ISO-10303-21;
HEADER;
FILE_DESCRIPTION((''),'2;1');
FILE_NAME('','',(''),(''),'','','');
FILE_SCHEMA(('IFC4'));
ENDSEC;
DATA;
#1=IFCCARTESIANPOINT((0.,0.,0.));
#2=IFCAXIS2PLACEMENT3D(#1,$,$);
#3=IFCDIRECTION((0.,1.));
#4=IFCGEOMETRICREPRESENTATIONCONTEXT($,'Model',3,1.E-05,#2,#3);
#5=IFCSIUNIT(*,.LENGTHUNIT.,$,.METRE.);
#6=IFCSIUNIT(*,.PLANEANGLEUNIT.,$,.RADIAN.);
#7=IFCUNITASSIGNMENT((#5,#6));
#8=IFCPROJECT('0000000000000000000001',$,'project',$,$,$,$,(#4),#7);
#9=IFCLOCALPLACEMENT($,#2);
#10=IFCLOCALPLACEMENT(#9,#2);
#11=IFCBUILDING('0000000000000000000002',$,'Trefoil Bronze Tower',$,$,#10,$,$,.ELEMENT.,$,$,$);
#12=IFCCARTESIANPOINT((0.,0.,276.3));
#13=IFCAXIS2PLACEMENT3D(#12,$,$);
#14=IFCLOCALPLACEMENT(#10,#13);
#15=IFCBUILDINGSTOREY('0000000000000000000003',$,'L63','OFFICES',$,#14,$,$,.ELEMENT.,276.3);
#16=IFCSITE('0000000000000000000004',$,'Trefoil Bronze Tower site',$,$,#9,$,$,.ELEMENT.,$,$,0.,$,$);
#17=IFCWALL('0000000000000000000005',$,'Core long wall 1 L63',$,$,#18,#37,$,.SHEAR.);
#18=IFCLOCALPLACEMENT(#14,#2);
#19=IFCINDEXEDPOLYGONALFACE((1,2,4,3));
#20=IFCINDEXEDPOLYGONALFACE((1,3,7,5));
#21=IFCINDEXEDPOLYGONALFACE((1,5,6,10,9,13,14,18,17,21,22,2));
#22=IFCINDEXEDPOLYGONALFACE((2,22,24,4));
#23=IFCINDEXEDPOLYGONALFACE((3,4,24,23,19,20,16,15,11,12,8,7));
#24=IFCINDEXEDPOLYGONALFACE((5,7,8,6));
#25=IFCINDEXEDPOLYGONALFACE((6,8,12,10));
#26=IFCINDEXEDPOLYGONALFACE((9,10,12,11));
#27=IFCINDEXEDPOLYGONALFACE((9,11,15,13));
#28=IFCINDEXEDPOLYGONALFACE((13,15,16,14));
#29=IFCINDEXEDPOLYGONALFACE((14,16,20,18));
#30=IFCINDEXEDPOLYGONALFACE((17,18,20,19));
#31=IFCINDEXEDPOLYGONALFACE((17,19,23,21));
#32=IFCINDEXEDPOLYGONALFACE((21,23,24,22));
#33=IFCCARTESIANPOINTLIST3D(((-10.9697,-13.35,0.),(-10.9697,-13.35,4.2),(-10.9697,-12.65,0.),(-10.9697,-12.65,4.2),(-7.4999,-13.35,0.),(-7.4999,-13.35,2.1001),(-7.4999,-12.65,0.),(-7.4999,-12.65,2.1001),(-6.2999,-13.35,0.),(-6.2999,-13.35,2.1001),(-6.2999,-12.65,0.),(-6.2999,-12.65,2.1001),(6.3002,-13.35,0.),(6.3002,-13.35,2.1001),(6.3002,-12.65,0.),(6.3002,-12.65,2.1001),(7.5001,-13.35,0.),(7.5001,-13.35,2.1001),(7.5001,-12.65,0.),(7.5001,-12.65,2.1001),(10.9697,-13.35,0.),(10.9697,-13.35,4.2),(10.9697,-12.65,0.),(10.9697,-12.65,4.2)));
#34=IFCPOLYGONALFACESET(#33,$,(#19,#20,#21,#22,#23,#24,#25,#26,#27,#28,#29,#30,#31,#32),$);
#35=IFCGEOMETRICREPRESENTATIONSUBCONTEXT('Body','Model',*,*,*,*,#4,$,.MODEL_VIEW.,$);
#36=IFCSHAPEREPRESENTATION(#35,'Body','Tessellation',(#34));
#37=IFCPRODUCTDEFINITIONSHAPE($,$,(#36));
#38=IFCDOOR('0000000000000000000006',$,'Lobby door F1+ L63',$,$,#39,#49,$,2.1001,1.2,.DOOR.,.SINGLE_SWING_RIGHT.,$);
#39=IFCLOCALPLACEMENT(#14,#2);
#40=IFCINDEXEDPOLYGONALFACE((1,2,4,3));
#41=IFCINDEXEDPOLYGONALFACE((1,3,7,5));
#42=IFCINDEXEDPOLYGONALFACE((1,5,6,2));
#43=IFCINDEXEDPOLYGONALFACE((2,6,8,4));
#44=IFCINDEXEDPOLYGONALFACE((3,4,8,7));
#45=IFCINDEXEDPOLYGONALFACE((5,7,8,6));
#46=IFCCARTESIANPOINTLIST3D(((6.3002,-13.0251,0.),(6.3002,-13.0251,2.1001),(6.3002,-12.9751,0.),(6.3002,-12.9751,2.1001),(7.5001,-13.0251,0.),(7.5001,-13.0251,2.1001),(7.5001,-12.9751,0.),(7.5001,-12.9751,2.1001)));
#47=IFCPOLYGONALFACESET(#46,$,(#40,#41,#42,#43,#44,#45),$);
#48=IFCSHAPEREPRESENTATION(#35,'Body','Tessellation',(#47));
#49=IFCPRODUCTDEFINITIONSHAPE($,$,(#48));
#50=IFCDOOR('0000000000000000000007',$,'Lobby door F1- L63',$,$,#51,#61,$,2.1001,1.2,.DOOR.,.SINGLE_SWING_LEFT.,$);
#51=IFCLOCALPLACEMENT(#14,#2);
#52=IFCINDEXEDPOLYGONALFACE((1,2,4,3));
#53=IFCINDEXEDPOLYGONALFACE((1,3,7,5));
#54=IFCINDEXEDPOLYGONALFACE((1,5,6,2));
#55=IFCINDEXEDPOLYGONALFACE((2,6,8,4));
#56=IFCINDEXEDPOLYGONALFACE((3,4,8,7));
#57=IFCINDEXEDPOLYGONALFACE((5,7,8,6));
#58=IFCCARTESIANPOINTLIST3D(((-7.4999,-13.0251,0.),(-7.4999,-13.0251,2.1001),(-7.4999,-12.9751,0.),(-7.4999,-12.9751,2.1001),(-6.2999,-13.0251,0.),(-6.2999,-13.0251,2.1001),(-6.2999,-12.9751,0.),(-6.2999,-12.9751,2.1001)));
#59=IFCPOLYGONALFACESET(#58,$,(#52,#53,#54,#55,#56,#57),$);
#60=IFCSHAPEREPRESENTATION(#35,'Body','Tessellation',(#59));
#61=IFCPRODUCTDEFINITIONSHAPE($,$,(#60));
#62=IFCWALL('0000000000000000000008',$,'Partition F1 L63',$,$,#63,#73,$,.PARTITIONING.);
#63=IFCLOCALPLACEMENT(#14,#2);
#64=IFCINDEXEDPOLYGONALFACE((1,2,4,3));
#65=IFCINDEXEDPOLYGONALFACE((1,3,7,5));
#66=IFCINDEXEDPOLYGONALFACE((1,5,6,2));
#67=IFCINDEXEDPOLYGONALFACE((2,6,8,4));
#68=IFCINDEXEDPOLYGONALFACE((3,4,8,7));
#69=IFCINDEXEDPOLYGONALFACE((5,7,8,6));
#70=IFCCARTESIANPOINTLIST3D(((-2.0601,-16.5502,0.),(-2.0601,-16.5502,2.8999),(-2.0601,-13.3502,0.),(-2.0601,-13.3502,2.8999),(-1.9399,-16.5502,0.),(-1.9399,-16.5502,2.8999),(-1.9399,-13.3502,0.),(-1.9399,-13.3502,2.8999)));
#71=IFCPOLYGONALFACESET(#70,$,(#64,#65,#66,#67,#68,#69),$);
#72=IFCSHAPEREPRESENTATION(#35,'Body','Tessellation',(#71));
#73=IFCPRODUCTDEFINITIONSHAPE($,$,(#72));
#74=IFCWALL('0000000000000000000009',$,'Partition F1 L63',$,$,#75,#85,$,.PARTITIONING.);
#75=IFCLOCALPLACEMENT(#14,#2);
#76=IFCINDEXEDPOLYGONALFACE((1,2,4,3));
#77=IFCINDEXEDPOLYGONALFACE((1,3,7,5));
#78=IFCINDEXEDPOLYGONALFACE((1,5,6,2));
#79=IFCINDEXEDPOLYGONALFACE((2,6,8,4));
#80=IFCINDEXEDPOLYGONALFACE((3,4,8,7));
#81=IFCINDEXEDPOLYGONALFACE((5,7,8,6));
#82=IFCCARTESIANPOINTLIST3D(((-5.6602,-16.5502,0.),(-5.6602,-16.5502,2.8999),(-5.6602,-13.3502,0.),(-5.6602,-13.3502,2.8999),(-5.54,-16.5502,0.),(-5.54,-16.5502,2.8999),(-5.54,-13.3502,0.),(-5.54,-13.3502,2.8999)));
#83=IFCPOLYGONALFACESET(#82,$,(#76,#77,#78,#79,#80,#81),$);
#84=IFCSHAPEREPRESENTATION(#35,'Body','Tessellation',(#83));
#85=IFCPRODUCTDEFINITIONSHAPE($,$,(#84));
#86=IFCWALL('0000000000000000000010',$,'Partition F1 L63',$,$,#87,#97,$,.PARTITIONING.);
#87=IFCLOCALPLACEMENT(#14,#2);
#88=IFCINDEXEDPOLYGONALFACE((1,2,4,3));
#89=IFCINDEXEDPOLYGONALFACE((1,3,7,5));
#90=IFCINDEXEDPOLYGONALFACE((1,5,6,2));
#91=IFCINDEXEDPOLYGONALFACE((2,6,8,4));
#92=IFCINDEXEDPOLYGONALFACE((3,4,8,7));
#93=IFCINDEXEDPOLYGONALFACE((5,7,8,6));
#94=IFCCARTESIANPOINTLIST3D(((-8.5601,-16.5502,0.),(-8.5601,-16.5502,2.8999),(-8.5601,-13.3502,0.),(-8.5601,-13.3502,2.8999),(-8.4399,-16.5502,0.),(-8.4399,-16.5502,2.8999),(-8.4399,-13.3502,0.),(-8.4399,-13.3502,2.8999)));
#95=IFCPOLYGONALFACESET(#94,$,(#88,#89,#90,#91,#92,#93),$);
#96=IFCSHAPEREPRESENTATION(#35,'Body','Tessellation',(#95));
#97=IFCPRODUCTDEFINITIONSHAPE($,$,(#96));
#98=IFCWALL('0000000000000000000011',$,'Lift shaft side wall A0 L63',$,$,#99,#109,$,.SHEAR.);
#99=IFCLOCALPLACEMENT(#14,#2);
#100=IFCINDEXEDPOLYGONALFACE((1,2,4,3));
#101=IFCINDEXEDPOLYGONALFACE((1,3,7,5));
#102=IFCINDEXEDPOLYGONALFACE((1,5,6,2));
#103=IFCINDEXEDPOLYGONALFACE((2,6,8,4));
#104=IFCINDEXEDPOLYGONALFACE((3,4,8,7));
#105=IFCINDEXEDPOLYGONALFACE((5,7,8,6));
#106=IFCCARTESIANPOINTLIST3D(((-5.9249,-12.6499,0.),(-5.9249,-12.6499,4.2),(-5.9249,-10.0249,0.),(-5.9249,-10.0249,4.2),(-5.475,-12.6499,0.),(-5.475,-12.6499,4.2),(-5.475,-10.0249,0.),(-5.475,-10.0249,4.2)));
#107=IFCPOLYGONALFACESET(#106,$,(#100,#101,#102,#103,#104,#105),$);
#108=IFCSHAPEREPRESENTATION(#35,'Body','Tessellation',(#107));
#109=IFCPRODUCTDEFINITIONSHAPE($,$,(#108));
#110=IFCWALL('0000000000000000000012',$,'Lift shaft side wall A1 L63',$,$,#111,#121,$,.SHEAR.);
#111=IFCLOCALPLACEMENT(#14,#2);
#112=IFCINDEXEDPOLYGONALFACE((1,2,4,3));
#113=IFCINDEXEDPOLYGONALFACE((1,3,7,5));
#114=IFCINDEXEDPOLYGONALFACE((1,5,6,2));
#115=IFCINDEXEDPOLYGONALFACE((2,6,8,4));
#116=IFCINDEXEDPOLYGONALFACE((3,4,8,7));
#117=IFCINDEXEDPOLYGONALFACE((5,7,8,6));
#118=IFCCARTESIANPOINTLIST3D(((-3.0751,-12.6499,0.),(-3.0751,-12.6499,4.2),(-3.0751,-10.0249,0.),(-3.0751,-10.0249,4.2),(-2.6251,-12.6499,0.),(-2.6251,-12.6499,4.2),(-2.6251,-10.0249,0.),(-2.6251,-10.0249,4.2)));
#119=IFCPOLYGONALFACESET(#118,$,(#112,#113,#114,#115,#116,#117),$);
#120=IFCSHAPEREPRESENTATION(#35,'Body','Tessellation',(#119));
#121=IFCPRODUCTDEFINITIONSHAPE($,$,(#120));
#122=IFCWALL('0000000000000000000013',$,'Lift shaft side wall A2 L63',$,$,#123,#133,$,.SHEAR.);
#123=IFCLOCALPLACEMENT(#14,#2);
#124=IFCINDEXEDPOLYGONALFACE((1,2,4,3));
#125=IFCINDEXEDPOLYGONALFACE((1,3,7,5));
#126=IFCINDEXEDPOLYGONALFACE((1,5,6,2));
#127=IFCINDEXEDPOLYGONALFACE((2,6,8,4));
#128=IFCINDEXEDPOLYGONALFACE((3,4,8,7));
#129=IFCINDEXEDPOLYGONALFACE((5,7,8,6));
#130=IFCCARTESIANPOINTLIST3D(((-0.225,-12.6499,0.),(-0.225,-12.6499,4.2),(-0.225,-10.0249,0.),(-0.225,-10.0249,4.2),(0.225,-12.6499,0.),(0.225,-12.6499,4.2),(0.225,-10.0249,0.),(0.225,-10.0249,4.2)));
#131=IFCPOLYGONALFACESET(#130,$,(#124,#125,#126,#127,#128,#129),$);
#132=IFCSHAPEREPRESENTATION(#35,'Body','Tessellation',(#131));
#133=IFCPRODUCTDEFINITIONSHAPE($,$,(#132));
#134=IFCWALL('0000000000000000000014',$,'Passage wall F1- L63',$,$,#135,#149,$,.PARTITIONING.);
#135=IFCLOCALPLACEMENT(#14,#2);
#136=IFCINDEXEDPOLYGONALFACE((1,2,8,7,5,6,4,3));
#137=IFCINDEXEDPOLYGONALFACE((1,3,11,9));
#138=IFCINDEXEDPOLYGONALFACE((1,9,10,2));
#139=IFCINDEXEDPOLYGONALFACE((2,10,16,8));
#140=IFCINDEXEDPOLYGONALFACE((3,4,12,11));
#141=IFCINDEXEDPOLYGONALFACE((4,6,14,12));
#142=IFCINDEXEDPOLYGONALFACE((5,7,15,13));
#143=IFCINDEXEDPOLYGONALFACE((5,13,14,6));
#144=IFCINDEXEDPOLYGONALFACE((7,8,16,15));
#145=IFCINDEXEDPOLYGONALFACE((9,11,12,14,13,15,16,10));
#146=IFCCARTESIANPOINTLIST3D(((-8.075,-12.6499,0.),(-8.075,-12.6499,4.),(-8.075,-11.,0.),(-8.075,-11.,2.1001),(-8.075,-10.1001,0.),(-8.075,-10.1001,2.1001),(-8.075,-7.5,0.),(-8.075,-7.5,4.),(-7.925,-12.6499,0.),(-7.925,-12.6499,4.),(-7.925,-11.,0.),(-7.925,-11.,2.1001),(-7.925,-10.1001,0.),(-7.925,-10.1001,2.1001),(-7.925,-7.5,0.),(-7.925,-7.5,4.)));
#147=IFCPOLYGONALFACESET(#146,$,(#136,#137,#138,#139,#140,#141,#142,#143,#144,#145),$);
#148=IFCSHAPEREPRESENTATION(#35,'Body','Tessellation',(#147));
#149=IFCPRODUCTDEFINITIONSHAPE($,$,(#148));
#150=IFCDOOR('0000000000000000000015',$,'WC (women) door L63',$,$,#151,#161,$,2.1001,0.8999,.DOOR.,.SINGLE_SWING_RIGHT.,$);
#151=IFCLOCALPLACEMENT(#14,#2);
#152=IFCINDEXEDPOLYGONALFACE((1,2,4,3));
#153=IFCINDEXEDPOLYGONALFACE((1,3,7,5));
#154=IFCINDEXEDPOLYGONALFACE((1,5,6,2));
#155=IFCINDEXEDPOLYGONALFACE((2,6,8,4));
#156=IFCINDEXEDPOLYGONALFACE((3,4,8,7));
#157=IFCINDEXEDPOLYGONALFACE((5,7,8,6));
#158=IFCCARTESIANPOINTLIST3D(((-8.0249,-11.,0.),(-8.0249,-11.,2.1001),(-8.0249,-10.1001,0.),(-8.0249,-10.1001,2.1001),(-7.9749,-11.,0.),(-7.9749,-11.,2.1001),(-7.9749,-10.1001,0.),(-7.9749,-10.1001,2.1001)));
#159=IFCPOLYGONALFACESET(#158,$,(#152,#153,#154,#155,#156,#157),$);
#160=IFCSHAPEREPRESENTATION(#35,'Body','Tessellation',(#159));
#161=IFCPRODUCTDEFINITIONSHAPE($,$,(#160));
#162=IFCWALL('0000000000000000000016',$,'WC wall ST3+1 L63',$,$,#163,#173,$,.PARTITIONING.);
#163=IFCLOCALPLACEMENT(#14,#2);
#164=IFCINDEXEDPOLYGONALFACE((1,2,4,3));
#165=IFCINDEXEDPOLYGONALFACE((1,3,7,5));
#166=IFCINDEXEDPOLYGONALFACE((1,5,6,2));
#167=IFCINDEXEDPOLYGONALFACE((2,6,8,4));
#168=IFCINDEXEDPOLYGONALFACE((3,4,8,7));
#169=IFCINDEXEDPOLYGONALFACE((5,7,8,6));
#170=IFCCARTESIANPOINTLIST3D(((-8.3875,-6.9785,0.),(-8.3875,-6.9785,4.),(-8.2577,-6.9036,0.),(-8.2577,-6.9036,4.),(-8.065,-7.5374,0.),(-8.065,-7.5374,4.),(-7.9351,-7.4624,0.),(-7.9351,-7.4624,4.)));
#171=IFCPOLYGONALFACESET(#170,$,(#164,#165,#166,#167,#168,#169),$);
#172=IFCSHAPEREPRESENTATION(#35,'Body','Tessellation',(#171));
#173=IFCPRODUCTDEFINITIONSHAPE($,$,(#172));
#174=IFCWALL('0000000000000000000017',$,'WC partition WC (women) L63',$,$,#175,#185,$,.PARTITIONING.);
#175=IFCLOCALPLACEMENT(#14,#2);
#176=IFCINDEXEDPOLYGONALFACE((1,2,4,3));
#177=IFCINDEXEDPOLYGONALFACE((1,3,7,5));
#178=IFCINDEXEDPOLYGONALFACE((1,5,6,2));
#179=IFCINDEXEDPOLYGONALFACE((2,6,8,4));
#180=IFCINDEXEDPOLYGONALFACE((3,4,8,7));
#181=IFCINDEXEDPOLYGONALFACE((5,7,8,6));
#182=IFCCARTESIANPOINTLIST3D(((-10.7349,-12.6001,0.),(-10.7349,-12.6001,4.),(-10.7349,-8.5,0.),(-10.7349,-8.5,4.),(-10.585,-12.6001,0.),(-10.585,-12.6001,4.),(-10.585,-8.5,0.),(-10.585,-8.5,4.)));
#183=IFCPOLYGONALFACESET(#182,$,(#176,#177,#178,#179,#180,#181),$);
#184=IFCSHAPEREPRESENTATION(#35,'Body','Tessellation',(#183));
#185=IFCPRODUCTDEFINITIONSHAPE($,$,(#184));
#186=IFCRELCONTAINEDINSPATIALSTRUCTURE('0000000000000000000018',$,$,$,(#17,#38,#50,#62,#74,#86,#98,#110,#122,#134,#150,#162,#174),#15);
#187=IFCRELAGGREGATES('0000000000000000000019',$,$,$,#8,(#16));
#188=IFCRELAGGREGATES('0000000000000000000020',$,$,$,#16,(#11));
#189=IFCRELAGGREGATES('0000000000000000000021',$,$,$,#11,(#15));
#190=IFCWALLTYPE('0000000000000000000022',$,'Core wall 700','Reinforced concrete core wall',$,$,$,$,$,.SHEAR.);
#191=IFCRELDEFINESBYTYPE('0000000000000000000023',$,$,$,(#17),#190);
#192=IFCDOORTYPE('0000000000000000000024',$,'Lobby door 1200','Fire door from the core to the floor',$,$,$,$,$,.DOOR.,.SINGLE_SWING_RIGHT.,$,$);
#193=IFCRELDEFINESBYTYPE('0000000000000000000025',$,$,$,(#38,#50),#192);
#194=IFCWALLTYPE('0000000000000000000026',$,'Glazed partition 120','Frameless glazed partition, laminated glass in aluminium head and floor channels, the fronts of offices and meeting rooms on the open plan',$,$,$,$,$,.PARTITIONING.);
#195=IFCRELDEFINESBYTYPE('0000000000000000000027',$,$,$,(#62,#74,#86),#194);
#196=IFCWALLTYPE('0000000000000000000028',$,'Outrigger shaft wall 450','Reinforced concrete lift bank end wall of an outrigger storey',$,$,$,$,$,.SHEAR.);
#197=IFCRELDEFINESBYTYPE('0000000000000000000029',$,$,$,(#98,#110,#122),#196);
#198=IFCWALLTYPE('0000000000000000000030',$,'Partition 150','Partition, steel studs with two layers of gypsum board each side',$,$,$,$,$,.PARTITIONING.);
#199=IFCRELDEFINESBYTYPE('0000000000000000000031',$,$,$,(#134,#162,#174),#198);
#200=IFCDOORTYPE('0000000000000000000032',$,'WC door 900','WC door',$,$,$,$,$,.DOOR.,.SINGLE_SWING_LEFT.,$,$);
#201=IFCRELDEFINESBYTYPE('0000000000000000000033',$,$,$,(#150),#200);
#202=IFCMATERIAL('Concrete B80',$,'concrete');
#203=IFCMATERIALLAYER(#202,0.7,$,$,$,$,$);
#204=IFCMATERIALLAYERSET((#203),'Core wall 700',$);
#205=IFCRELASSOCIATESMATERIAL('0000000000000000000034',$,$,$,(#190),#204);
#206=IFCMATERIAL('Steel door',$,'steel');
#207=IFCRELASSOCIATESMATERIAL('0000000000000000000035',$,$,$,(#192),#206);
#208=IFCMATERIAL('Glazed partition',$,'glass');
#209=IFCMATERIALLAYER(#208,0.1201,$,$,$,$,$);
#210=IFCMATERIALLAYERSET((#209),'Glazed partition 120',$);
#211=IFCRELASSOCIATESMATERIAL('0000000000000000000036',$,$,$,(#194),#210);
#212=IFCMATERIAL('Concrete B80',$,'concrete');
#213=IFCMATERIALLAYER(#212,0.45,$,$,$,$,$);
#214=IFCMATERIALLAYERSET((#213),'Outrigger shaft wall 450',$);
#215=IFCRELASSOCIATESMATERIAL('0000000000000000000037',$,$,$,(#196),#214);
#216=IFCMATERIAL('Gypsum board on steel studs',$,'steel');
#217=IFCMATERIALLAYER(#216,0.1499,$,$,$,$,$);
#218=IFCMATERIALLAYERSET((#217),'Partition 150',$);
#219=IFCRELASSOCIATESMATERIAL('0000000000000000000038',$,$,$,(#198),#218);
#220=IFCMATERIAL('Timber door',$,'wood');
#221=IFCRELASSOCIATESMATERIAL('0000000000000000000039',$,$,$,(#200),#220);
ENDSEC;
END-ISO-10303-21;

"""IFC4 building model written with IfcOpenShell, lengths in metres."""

from ifc_helpers import new_model, si_unit, direction, frame, frame_2d, origin, place, context, subcontext, project, spatial, rectangle, extrude, material, layer, layer_set, type_object, element, fill, save


model = new_model("IFC4")

# Units and contexts
model_context = context("Model", 3, precision=1e-05, world=origin(), true_north=direction((0.0, 1.0)))
body_context = subcontext(model_context, "Body", "Model", "MODEL_VIEW")
ifc_project = project(units=[si_unit("LENGTHUNIT", "METRE"), si_unit("PLANEANGLEUNIT", "RADIAN")], contexts=[model_context])

# Site, building, storey
site_placement = place(None, origin())
site = spatial("IfcSite", under=ifc_project, at=site_placement, Name="Trefoil Bronze Tower site", CompositionType="ELEMENT", RefElevation=0.0)
building_placement = place(site_placement, origin())
building = spatial("IfcBuilding", under=site, at=building_placement, Name="Trefoil Bronze Tower", CompositionType="ELEMENT")
storey_placement = place(building_placement, frame((0.0, 0.0, 276.3)))
storey = spatial("IfcBuildingStorey", under=building, at=storey_placement, Name="L63", Description="OFFICES", CompositionType="ELEMENT", Elevation=276.3)

# Wall, openings, doors
ifc_material_1 = material(Name="Concrete B80", Category="concrete")
ifc_layer_1 = layer(ifc_material_1, 0.7)
ifc_layer_set_1 = layer_set([ifc_layer_1], Name="Core wall 700")
wall_type_1 = type_object("IfcWallType", Name="Core wall 700", Description="Reinforced concrete core wall", PredefinedType="SHEAR", material=ifc_layer_set_1)
wall_1_placement = place(storey_placement, frame((-10.9697, -13.0, 0.0), z_axis=(0.0, 0.0, 1.0), x_axis=(1.0, 0.0, 0.0)))
wall_1 = element("IfcWall", 1, at=wall_1_placement, inside=storey, type_object=wall_type_1, Name="Core long wall 1 L63", PredefinedType="SHEAR", context=body_context, shape_type="SweptSolid", body=[
    extrude(rectangle(XDim=21.9395, YDim=0.7, at=frame_2d((10.9697, 0.0))), origin(), (0.0, 0.0, 1.0), 4.2),
])
opening_1_placement = place(wall_1_placement, frame((17.2698, 0.0, 0.0)))
opening_1 = element("IfcOpeningElement", 2, at=opening_1_placement, cuts=wall_1, PredefinedType="OPENING", context=body_context, shape_type="SweptSolid", body=[
    extrude(rectangle(XDim=1.2, YDim=2.1001, at=frame_2d((0.6001, 1.05))), frame((0.0, 0.3599, 0.0), z_axis=(0.0, -1.0, 0.0), x_axis=(1.0, 0.0, 0.0)), (0.0, 0.0, 1.0), 0.72),
])
opening_2_placement = place(wall_1_placement, frame((3.4697, 0.0, 0.0)))
opening_2 = element("IfcOpeningElement", 3, at=opening_2_placement, cuts=wall_1, PredefinedType="OPENING", context=body_context, shape_type="SweptSolid", body=[
    extrude(rectangle(XDim=1.2, YDim=2.1001, at=frame_2d((0.6001, 1.05))), frame((0.0, 0.3599, 0.0), z_axis=(0.0, -1.0, 0.0), x_axis=(1.0, 0.0, 0.0)), (0.0, 0.0, 1.0), 0.72),
])
ifc_material_2 = material(Name="Steel door", Category="steel")
door_type_1 = type_object("IfcDoorType", Name="Lobby door 1200", Description="Fire door from the core to the floor", OperationType="SINGLE_SWING_RIGHT", PredefinedType="DOOR", material=ifc_material_2)
door_1_placement = place(opening_1_placement, origin())
door_1 = element("IfcDoor", 4, at=door_1_placement, inside=storey, type_object=door_type_1, Name="Lobby door F1+ L63", OperationType="SINGLE_SWING_RIGHT", OverallHeight=2.1001, OverallWidth=1.2, PredefinedType="DOOR", context=body_context, shape_type="SweptSolid", body=[
    extrude(rectangle(XDim=1.2, YDim=2.1001, at=frame_2d((0.6001, 1.05))), frame((0.0, 0.0249, 0.0), z_axis=(0.0, -1.0, 0.0), x_axis=(1.0, 0.0, 0.0)), (0.0, 0.0, 1.0), 0.05),
])
fill(opening_1, door_1)
door_2_placement = place(opening_2_placement, origin())
door_2 = element("IfcDoor", 5, at=door_2_placement, inside=storey, type_object=door_type_1, Name="Lobby door F1- L63", OperationType="SINGLE_SWING_LEFT", OverallHeight=2.1001, OverallWidth=1.2, PredefinedType="DOOR", context=body_context, shape_type="SweptSolid", body=[
    extrude(rectangle(XDim=1.2, YDim=2.1001, at=frame_2d((0.6001, 1.05))), frame((0.0, 0.0249, 0.0), z_axis=(0.0, -1.0, 0.0), x_axis=(1.0, 0.0, 0.0)), (0.0, 0.0, 1.0), 0.05),
])
fill(opening_2, door_2)

# Walls
ifc_material_3 = material(Name="Glazed partition", Category="glass")
ifc_layer_2 = layer(ifc_material_3, 0.1201)
ifc_layer_set_2 = layer_set([ifc_layer_2], Name="Glazed partition 120")
wall_type_2 = type_object("IfcWallType", Name="Glazed partition 120", Description="Frameless glazed partition, laminated glass in aluminium head and floor channels, the fronts of offices and meeting rooms on the open plan", PredefinedType="PARTITIONING", material=ifc_layer_set_2)
for number, where, z_axis, x_axis, name in (
    (6, (-2.0, -13.3501, 0.0), (0.0, 0.0, 1.0), (0.0, -1.0, 0.0), "Partition F1 L63"),
    (7, (-5.6001, -13.3501, 0.0), (0.0, 0.0, 1.0), (0.0, -1.0, 0.0), "Partition F1 L63"),
    (8, (-8.5, -13.3501, 0.0), (0.0, 0.0, 1.0), (0.0, -1.0, 0.0), "Partition F1 L63"),
):
    element("IfcWall", number, at=place(storey_placement, frame(where, z_axis=z_axis, x_axis=x_axis)), inside=storey, type_object=wall_type_2, Name=name, PredefinedType="PARTITIONING", context=body_context, shape_type="SweptSolid", body=[
        extrude(rectangle(XDim=3.2, YDim=0.1201, at=frame_2d((1.6001, 0.0))), origin(), (0.0, 0.0, 1.0), 2.8999),
    ])
ifc_material_4 = material(Name="Concrete B80", Category="concrete")
ifc_layer_3 = layer(ifc_material_4, 0.45)
ifc_layer_set_3 = layer_set([ifc_layer_3], Name="Outrigger shaft wall 450")
wall_type_3 = type_object("IfcWallType", Name="Outrigger shaft wall 450", Description="Reinforced concrete lift bank end wall of an outrigger storey", PredefinedType="SHEAR", material=ifc_layer_set_3)
for number, where, z_axis, x_axis, name in (
    (9, (-5.7, -10.0249, 0.0), (0.0, 0.0, 1.0), (0.0, -1.0, 0.0), "Lift shaft side wall A0 L63"),
    (10, (-2.8501, -10.0249, 0.0), (0.0, 0.0, 1.0), (0.0, -1.0, 0.0), "Lift shaft side wall A1 L63"),
    (11, (0.0, -10.0249, 0.0), (0.0, 0.0, 1.0), (0.0, -1.0, 0.0), "Lift shaft side wall A2 L63"),
):
    element("IfcWall", number, at=place(storey_placement, frame(where, z_axis=z_axis, x_axis=x_axis)), inside=storey, type_object=wall_type_3, Name=name, PredefinedType="SHEAR", context=body_context, shape_type="SweptSolid", body=[
        extrude(rectangle(XDim=2.625, YDim=0.45, at=frame_2d((1.3125, 0.0))), origin(), (0.0, 0.0, 1.0), 4.2),
    ])

# Wall, opening, door
ifc_material_5 = material(Name="Gypsum board on steel studs", Category="steel")
ifc_layer_4 = layer(ifc_material_5, 0.1499)
ifc_layer_set_4 = layer_set([ifc_layer_4], Name="Partition 150")
wall_type_4 = type_object("IfcWallType", Name="Partition 150", Description="Partition, steel studs with two layers of gypsum board each side", PredefinedType="PARTITIONING", material=ifc_layer_set_4)
wall_2_placement = place(storey_placement, frame((-8.0, -7.5, 0.0), z_axis=(0.0, 0.0, 1.0), x_axis=(0.0, -1.0, 0.0)))
wall_2 = element("IfcWall", 12, at=wall_2_placement, inside=storey, type_object=wall_type_4, Name="Passage wall F1- L63", PredefinedType="PARTITIONING", context=body_context, shape_type="SweptSolid", body=[
    extrude(rectangle(XDim=5.1499, YDim=0.1499, at=frame_2d((2.575, 0.0))), origin(), (0.0, 0.0, 1.0), 4.0),
])
opening_3_placement = place(wall_2_placement, frame((2.6001, 0.0, 0.0)))
opening_3 = element("IfcOpeningElement", 13, at=opening_3_placement, cuts=wall_2, PredefinedType="OPENING", context=body_context, shape_type="SweptSolid", body=[
    extrude(rectangle(XDim=0.8999, YDim=2.1001, at=frame_2d((0.45, 1.05))), frame((0.0, 0.085, 0.0), z_axis=(0.0, -1.0, 0.0), x_axis=(1.0, 0.0, 0.0)), (0.0, 0.0, 1.0), 0.1699),
])
ifc_material_6 = material(Name="Timber door", Category="wood")
door_type_2 = type_object("IfcDoorType", Name="WC door 900", Description="WC door", OperationType="SINGLE_SWING_LEFT", PredefinedType="DOOR", material=ifc_material_6)
door_3_placement = place(opening_3_placement, frame((0.8999, 0.0, 0.0), z_axis=(0.0, 0.0, 1.0), x_axis=(-1.0, 0.0, 0.0)))
door_3 = element("IfcDoor", 14, at=door_3_placement, inside=storey, type_object=door_type_2, Name="WC (women) door L63", OperationType="SINGLE_SWING_RIGHT", OverallHeight=2.1001, OverallWidth=0.8999, PredefinedType="DOOR", context=body_context, shape_type="SweptSolid", body=[
    extrude(rectangle(XDim=0.8999, YDim=2.1001, at=frame_2d((0.45, 1.05))), frame((0.0, 0.0249, 0.0), z_axis=(0.0, -1.0, 0.0), x_axis=(1.0, 0.0, 0.0)), (0.0, 0.0, 1.0), 0.05),
])
fill(opening_3, door_3)

# Walls
wall_3_placement = place(storey_placement, frame((-8.0, -7.5, 0.0), z_axis=(0.0, 0.0, 1.0), x_axis=(-0.499843, 0.866116, 0.0)))
element("IfcWall", 15, at=wall_3_placement, inside=storey, type_object=wall_type_4, Name="WC wall ST3+1 L63", PredefinedType="PARTITIONING", context=body_context, shape_type="SweptSolid", body=[
    extrude(rectangle(XDim=0.6453, YDim=0.1499, at=frame_2d((0.3228, 0.0))), origin(), (0.0, 0.0, 1.0), 4.0),
])
wall_4_placement = place(storey_placement, frame((-10.6599, -8.5, 0.0), z_axis=(0.0, 0.0, 1.0), x_axis=(0.0, -1.0, 0.0)))
element("IfcWall", 16, at=wall_4_placement, inside=storey, type_object=wall_type_4, Name="WC partition WC (women) L63", PredefinedType="PARTITIONING", context=body_context, shape_type="SweptSolid", body=[
    extrude(rectangle(XDim=4.1001, YDim=0.1499, at=frame_2d((2.05, 0.0))), origin(), (0.0, 0.0, 1.0), 4.0),
])

save(model, "model.ifc")
